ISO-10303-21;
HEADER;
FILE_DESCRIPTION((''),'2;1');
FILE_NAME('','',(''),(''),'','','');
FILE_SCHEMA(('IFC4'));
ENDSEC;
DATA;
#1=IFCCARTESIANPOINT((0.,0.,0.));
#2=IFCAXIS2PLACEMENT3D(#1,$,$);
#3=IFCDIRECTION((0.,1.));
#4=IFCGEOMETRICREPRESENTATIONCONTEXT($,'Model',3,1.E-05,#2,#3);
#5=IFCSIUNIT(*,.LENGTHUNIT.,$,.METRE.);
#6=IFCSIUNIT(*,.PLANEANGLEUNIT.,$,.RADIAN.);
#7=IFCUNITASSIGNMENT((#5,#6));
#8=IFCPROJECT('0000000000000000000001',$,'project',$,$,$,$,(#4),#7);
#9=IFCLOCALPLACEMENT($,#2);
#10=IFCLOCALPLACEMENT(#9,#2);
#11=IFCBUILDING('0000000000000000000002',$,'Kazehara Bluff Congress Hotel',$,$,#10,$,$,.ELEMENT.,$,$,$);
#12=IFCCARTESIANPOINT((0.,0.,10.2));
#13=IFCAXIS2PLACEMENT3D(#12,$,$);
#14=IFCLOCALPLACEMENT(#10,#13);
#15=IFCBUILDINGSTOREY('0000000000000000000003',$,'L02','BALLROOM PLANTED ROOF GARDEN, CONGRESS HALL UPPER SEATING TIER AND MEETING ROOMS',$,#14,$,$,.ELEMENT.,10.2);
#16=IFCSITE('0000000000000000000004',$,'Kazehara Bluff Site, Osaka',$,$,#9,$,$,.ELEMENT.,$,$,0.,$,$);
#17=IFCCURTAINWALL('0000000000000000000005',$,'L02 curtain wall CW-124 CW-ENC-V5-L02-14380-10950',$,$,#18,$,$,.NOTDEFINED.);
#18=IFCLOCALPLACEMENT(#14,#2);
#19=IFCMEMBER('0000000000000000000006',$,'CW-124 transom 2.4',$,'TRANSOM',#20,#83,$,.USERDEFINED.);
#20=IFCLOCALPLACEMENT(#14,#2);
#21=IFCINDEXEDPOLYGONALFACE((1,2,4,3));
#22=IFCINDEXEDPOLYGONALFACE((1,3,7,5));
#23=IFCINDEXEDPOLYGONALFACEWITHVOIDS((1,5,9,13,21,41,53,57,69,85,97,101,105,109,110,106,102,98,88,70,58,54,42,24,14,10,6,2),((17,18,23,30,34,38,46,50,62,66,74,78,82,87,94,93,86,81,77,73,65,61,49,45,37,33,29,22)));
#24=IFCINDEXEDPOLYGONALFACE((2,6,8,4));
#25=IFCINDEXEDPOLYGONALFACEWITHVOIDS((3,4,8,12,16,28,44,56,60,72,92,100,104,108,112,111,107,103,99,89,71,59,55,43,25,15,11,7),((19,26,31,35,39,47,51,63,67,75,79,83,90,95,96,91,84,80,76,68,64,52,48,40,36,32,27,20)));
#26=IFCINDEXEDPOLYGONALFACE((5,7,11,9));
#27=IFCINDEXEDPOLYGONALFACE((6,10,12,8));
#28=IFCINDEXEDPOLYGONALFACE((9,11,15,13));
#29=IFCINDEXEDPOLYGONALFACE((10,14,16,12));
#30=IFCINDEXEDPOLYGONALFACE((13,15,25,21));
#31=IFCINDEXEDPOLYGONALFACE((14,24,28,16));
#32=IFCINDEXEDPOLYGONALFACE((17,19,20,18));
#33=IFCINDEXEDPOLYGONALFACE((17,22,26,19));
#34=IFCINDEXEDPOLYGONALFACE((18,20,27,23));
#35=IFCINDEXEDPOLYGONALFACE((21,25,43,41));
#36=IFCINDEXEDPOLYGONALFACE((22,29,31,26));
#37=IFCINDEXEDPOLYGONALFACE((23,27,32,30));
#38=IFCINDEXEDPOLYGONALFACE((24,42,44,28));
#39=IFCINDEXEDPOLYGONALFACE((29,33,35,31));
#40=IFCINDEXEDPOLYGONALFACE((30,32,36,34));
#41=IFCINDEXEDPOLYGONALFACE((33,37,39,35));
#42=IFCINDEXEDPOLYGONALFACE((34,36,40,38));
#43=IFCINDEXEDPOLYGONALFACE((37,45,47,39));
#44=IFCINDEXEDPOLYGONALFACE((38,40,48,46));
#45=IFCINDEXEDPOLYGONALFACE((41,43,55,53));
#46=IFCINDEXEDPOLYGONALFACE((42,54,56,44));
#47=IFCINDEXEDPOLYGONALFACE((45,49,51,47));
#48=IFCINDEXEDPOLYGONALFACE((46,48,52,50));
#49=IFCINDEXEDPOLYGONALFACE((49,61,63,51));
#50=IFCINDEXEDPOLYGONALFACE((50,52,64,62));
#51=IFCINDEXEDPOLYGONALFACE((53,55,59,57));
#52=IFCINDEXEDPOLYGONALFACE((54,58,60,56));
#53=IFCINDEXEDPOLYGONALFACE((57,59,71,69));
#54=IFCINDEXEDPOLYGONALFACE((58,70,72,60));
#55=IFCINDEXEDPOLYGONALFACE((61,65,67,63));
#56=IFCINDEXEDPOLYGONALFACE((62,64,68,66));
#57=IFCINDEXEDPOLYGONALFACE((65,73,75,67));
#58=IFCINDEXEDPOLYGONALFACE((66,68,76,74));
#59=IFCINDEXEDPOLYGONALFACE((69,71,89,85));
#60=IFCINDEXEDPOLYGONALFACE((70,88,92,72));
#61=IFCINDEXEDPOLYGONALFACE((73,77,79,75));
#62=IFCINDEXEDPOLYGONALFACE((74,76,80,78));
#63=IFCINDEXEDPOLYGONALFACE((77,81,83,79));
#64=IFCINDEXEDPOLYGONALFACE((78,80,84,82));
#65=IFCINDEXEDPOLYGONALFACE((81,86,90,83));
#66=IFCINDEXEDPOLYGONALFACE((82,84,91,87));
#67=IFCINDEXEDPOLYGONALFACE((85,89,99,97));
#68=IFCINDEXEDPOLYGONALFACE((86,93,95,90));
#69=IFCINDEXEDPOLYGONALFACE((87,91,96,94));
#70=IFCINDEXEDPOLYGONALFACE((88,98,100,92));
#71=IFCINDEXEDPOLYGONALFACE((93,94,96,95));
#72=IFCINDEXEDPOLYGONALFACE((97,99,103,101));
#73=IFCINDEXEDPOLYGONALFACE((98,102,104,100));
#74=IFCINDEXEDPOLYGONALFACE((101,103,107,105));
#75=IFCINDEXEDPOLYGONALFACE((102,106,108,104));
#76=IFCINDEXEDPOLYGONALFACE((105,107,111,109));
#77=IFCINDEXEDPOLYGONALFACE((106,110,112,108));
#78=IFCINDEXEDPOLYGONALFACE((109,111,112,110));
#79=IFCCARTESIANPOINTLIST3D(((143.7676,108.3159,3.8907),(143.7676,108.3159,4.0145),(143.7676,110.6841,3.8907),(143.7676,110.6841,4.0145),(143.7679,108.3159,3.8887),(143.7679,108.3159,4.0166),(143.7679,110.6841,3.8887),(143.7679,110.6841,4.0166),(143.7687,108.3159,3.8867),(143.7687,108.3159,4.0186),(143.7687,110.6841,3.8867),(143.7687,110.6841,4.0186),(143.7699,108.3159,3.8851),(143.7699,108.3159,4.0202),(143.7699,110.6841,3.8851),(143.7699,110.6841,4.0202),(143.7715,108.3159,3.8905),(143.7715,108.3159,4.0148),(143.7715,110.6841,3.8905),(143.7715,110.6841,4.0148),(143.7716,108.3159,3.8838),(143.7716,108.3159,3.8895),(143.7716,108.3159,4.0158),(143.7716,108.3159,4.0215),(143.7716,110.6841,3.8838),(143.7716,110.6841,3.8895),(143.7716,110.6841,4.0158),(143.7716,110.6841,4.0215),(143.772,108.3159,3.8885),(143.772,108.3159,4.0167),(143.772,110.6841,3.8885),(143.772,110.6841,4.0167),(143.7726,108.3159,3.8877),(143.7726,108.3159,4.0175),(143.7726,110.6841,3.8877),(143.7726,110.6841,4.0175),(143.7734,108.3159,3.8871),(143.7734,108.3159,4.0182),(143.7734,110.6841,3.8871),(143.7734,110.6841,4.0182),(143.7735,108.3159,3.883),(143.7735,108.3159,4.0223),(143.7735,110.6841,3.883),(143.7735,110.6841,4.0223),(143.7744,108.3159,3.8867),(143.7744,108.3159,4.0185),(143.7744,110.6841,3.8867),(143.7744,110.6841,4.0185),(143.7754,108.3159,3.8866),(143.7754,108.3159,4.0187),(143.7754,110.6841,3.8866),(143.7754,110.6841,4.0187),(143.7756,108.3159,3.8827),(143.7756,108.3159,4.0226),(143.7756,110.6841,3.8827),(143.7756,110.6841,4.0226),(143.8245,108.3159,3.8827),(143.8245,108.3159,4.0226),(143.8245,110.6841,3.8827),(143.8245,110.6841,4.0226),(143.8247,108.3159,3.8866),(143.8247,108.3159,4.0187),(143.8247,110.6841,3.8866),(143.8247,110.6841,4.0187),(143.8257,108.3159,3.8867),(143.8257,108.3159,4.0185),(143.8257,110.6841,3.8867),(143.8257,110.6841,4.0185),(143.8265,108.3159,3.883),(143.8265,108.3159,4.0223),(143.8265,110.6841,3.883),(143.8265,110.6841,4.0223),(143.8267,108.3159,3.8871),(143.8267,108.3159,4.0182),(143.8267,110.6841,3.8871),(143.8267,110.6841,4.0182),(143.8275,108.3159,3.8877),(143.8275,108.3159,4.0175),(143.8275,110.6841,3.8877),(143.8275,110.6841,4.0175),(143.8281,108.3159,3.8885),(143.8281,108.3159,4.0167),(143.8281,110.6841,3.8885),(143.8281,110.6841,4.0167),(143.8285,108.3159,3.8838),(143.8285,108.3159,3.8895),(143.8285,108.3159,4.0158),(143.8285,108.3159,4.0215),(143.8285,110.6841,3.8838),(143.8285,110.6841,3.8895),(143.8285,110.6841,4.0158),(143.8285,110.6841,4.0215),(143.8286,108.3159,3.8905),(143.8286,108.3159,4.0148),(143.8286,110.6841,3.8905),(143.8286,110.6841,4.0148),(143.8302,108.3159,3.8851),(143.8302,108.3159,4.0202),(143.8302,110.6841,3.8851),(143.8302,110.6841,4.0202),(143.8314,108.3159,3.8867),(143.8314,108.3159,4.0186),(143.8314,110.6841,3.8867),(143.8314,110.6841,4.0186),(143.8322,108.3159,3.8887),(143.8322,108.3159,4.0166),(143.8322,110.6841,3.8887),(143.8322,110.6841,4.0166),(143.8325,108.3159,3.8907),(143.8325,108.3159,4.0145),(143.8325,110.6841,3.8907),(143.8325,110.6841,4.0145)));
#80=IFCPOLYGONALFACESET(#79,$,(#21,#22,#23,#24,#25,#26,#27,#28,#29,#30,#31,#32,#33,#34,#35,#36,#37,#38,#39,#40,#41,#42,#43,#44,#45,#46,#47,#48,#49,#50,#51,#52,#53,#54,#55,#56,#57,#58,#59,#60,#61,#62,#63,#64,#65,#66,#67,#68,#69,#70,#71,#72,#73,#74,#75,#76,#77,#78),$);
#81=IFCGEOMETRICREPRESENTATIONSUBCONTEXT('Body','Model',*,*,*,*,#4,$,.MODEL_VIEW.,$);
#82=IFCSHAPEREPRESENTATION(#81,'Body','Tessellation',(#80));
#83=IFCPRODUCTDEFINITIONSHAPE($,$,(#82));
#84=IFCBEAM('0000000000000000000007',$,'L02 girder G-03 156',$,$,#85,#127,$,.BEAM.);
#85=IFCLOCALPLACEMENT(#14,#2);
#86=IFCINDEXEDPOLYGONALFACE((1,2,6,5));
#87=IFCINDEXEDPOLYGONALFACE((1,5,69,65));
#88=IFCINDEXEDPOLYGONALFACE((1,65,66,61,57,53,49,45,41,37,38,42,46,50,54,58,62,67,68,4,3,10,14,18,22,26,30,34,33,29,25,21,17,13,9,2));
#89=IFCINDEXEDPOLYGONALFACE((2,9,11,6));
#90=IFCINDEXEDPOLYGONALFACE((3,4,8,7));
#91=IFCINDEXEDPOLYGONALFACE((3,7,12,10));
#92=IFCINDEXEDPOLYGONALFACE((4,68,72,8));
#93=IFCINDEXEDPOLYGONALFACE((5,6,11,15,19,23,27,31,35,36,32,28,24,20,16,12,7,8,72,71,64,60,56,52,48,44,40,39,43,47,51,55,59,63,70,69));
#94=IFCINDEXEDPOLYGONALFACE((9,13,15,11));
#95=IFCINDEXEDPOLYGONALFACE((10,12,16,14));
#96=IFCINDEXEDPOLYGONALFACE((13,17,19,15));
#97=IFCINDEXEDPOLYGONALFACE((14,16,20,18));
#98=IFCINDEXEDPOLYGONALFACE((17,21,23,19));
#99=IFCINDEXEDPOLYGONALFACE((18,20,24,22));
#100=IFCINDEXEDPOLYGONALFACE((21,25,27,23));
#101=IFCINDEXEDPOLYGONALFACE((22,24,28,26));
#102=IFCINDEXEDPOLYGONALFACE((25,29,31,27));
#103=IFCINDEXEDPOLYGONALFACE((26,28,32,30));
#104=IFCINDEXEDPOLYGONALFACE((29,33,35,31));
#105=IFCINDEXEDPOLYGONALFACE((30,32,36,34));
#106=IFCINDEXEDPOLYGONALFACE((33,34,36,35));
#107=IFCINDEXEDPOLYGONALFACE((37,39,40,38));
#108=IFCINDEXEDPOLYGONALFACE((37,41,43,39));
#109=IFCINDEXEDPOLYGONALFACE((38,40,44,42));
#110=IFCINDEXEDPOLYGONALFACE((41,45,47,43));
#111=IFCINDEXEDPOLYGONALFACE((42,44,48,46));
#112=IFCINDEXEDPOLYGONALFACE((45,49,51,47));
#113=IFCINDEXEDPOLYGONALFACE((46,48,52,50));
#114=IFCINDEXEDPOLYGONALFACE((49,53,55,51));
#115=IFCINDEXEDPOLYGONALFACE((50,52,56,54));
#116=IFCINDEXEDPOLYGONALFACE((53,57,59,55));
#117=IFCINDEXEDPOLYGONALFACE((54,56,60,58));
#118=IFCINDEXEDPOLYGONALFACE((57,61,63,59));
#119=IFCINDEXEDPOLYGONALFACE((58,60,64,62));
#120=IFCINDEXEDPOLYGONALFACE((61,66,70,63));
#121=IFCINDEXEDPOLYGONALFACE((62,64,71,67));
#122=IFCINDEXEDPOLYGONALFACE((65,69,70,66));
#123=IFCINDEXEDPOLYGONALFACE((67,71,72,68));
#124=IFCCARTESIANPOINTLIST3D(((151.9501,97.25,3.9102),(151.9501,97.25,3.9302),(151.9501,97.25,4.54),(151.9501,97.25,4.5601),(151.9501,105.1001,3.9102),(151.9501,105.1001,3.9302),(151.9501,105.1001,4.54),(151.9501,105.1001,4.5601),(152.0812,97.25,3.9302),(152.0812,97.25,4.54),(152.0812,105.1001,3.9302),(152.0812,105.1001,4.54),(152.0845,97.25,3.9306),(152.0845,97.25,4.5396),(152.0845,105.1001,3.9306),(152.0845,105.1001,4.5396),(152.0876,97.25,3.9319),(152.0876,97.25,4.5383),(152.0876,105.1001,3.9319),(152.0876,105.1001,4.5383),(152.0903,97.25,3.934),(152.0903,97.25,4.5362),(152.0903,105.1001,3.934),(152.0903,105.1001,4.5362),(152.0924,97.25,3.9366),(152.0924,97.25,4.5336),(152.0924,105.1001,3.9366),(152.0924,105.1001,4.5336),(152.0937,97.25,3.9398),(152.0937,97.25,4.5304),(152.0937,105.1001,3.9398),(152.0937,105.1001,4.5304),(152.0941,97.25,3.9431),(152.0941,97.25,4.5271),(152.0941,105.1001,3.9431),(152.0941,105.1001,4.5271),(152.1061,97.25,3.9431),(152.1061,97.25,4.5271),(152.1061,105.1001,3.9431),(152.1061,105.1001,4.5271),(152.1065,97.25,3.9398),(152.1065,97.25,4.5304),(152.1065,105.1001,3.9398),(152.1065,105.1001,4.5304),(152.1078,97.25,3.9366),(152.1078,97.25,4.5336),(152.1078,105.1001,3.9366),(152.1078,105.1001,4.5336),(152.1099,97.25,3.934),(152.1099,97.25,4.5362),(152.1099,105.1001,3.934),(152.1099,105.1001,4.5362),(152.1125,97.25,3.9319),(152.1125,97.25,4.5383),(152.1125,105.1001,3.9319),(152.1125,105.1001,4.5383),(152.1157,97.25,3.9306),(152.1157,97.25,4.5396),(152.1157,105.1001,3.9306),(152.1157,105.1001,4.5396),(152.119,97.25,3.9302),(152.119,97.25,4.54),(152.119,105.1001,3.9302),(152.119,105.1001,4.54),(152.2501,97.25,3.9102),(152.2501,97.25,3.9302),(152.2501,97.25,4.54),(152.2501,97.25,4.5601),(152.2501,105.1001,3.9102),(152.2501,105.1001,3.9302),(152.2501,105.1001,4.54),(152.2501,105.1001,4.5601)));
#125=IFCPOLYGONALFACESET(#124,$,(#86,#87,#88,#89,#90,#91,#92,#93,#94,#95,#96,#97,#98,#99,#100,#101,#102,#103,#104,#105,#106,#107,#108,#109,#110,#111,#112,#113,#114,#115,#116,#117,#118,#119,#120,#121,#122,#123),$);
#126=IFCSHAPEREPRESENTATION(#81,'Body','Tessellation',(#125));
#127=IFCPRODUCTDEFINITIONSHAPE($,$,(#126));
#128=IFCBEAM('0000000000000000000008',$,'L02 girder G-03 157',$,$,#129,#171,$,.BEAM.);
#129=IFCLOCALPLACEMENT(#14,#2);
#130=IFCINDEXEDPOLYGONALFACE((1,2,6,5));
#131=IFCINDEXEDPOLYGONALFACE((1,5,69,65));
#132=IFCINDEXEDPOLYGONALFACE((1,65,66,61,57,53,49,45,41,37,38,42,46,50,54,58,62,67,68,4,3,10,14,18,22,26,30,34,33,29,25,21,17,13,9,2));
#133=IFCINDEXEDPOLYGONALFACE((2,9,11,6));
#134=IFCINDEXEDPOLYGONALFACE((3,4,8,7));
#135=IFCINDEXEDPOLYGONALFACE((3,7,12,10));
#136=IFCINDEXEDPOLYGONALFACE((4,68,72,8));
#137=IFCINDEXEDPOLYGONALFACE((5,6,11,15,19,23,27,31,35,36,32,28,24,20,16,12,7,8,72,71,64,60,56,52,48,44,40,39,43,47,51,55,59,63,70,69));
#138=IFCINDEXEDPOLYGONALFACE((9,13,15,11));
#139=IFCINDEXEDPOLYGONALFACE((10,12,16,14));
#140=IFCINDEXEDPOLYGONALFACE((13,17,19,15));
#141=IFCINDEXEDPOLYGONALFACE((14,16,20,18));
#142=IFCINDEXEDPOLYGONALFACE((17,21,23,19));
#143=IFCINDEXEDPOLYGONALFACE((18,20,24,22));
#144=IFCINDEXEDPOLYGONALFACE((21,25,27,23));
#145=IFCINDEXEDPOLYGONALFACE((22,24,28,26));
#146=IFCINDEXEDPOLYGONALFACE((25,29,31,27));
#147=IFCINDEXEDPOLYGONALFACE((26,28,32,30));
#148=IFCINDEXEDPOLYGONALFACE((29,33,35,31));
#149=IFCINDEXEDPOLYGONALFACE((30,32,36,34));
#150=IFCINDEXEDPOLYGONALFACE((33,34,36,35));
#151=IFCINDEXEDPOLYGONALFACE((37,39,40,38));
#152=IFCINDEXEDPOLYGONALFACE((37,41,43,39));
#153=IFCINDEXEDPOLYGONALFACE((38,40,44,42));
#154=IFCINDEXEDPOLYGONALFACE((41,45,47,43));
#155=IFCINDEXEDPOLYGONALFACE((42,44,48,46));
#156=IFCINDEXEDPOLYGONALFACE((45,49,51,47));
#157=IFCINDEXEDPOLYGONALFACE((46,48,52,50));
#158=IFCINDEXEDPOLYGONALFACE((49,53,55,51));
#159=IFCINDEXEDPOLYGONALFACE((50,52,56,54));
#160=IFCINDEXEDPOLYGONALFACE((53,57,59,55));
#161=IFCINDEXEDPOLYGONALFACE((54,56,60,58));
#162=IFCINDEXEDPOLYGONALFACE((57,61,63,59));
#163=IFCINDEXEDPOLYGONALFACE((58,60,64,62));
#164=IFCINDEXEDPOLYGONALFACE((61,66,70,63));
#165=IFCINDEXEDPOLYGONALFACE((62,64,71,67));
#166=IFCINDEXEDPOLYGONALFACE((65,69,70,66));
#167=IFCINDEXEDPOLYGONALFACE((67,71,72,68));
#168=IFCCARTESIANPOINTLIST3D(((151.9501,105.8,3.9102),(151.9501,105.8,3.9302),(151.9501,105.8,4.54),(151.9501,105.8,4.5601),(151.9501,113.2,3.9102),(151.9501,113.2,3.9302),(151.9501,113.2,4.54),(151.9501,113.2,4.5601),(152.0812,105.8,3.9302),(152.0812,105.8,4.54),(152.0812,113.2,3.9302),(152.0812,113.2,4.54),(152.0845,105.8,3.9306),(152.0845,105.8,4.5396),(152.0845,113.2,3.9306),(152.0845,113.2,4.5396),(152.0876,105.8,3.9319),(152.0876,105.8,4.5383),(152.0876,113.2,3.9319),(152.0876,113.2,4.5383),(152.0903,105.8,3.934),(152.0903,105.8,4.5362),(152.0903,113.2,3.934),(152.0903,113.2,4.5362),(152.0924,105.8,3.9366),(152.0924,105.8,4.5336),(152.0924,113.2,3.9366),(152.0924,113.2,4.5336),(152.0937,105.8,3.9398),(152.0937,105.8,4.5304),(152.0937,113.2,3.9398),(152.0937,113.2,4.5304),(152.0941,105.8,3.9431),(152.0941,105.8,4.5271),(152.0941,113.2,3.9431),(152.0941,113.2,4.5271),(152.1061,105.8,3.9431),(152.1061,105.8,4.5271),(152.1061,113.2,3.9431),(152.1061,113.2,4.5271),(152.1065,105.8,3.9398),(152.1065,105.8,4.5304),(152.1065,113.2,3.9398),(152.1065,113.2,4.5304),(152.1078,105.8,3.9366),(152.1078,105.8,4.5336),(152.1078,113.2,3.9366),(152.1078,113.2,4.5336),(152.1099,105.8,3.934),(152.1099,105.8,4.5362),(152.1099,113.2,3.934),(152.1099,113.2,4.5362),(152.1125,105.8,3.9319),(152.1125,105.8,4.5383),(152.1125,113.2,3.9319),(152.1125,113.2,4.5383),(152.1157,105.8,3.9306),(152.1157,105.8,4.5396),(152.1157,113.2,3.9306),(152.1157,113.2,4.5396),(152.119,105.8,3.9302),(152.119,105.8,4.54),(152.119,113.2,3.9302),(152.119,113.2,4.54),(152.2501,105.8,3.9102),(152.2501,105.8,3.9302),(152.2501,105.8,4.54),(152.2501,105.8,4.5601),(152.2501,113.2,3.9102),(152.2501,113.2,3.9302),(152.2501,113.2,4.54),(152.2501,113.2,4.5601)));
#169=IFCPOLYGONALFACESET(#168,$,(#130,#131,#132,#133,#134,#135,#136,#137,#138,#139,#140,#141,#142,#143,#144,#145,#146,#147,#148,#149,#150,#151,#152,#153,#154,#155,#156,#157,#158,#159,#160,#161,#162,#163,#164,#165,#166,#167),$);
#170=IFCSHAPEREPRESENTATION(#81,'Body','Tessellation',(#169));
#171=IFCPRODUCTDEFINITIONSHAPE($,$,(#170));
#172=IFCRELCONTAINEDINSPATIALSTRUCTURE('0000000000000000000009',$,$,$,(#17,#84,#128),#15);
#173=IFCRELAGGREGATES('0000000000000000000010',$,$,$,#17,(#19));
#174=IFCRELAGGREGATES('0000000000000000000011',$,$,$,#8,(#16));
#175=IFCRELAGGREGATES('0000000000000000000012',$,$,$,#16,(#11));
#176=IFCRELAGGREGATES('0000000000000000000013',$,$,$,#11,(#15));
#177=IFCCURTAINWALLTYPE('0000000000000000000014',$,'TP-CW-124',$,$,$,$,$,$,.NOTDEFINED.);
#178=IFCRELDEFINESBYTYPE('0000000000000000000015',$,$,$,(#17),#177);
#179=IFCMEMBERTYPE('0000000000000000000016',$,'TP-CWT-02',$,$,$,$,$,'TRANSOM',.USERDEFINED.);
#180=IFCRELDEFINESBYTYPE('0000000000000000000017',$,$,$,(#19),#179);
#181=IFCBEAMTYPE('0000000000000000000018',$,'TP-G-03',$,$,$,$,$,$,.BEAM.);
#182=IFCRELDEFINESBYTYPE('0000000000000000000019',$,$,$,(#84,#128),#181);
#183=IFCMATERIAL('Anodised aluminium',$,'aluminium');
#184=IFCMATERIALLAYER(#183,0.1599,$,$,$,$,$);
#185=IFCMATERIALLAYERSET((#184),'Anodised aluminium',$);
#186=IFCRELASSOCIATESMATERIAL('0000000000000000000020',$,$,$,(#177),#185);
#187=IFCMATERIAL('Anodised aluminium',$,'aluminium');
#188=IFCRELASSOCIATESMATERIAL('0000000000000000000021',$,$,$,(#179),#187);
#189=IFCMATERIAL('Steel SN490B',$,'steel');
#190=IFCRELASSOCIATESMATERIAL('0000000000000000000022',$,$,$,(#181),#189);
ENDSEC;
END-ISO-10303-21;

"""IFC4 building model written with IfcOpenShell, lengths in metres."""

from ifc_helpers import new_model, si_unit, direction, frame, origin, origin_2d, place, context, subcontext, project, spatial, hollow_rectangle, i_section, extrude, material, layer, layer_set, material_profile, profile_set, type_object, element, aggregate, save


model = new_model("IFC4")

# Units and contexts
model_context = context("Model", 3, precision=1e-05, world=origin(), true_north=direction((0.0, 1.0)))
body_context = subcontext(model_context, "Body", "Model", "MODEL_VIEW")
ifc_project = project(units=[si_unit("LENGTHUNIT", "METRE"), si_unit("PLANEANGLEUNIT", "RADIAN")], contexts=[model_context])

# Site, building, storey
site_placement = place(None, origin())
site = spatial("IfcSite", under=ifc_project, at=site_placement, Name="Kazehara Bluff Site, Osaka", CompositionType="ELEMENT", RefElevation=0.0)
building_placement = place(site_placement, origin())
building = spatial("IfcBuilding", under=site, at=building_placement, Name="Kazehara Bluff Congress Hotel", CompositionType="ELEMENT")
storey_placement = place(building_placement, frame((0.0, 0.0, 10.2)))
storey = spatial("IfcBuildingStorey", under=building, at=storey_placement, Name="L02", Description="BALLROOM PLANTED ROOF GARDEN, CONGRESS HALL UPPER SEATING TIER AND MEETING ROOMS", CompositionType="ELEMENT", Elevation=10.2)

# Curtain wall, member
ifc_material_1 = material(Name="Anodised aluminium", Category="aluminium")
ifc_layer_1 = layer(ifc_material_1, 0.1599)
ifc_layer_set_1 = layer_set([ifc_layer_1], Name="Anodised aluminium")
curtain_wall_type = type_object("IfcCurtainWallType", Name="TP-CW-124", PredefinedType="NOTDEFINED", material=ifc_layer_set_1)
curtain_wall_placement = place(storey_placement, origin())
curtain_wall = element("IfcCurtainWall", 1, at=curtain_wall_placement, inside=storey, type_object=curtain_wall_type, Name="L02 curtain wall CW-124 CW-ENC-V5-L02-14380-10950", PredefinedType="NOTDEFINED")
ifc_material_2 = material(Name="Anodised aluminium", Category="aluminium")
ifc_material_profile_1 = material_profile(ifc_material_2, hollow_rectangle(XDim=0.0649, YDim=0.1399, WallThickness=0.0039, InnerFilletRadius=0.0039, OuterFilletRadius=0.0081, at=origin_2d()))
ifc_profile_set_1 = profile_set([ifc_material_profile_1], Name="Anodised aluminium")
member_type_1 = type_object("IfcMemberType", Name="TP-CWT-02", ElementType="TRANSOM", PredefinedType="USERDEFINED", material=ifc_profile_set_1)
member_1_placement = place(storey_placement, frame((143.8, 108.3159, 3.9526), z_axis=(0.0, 1.0, 0.0), x_axis=(-1.0, 0.0, 0.0)))
member_1 = element("IfcMember", 2, at=member_1_placement, type_object=member_type_1, Name="CW-124 transom 2.4", ObjectType="TRANSOM", PredefinedType="USERDEFINED", context=body_context, shape_type="SweptSolid", body=[
    extrude(hollow_rectangle(XDim=0.0649, YDim=0.1399, WallThickness=0.0039, InnerFilletRadius=0.0039, OuterFilletRadius=0.0081, at=origin_2d()), origin(), (0.0, 0.0, 1.0), 2.3682),
])

# Beams
ifc_material_3 = material(Name="Steel SN490B", Category="steel")
ifc_material_profile_2 = material_profile(ifc_material_3, i_section(OverallWidth=0.3, OverallDepth=0.6499, WebThickness=0.012, FlangeThickness=0.02, FilletRadius=0.0129, at=origin_2d()))
ifc_profile_set_2 = profile_set([ifc_material_profile_2], Name="Steel SN490B")
beam_type_1 = type_object("IfcBeamType", Name="TP-G-03", PredefinedType="BEAM", material=ifc_profile_set_2)
beam_1_placement = place(storey_placement, frame((152.1001, 97.25, 4.2351), z_axis=(0.0, 1.0, 0.0), x_axis=(-1.0, 0.0, 0.0)))
element("IfcBeam", 3, at=beam_1_placement, inside=storey, type_object=beam_type_1, Name="L02 girder G-03 156", PredefinedType="BEAM", context=body_context, shape_type="SweptSolid", body=[
    extrude(i_section(OverallWidth=0.3, OverallDepth=0.6499, WebThickness=0.012, FlangeThickness=0.02, FilletRadius=0.0129, at=origin_2d()), origin(), (0.0, 0.0, 1.0), 7.8501),
])
beam_2_placement = place(storey_placement, frame((152.1001, 105.8, 4.2351), z_axis=(0.0, 1.0, 0.0), x_axis=(-1.0, 0.0, 0.0)))
element("IfcBeam", 4, at=beam_2_placement, inside=storey, type_object=beam_type_1, Name="L02 girder G-03 157", PredefinedType="BEAM", context=body_context, shape_type="SweptSolid", body=[
    extrude(i_section(OverallWidth=0.3, OverallDepth=0.6499, WebThickness=0.012, FlangeThickness=0.02, FilletRadius=0.0129, at=origin_2d()), origin(), (0.0, 0.0, 1.0), 7.3999),
])

aggregate(curtain_wall, [member_1])

save(model, "model.ifc")
